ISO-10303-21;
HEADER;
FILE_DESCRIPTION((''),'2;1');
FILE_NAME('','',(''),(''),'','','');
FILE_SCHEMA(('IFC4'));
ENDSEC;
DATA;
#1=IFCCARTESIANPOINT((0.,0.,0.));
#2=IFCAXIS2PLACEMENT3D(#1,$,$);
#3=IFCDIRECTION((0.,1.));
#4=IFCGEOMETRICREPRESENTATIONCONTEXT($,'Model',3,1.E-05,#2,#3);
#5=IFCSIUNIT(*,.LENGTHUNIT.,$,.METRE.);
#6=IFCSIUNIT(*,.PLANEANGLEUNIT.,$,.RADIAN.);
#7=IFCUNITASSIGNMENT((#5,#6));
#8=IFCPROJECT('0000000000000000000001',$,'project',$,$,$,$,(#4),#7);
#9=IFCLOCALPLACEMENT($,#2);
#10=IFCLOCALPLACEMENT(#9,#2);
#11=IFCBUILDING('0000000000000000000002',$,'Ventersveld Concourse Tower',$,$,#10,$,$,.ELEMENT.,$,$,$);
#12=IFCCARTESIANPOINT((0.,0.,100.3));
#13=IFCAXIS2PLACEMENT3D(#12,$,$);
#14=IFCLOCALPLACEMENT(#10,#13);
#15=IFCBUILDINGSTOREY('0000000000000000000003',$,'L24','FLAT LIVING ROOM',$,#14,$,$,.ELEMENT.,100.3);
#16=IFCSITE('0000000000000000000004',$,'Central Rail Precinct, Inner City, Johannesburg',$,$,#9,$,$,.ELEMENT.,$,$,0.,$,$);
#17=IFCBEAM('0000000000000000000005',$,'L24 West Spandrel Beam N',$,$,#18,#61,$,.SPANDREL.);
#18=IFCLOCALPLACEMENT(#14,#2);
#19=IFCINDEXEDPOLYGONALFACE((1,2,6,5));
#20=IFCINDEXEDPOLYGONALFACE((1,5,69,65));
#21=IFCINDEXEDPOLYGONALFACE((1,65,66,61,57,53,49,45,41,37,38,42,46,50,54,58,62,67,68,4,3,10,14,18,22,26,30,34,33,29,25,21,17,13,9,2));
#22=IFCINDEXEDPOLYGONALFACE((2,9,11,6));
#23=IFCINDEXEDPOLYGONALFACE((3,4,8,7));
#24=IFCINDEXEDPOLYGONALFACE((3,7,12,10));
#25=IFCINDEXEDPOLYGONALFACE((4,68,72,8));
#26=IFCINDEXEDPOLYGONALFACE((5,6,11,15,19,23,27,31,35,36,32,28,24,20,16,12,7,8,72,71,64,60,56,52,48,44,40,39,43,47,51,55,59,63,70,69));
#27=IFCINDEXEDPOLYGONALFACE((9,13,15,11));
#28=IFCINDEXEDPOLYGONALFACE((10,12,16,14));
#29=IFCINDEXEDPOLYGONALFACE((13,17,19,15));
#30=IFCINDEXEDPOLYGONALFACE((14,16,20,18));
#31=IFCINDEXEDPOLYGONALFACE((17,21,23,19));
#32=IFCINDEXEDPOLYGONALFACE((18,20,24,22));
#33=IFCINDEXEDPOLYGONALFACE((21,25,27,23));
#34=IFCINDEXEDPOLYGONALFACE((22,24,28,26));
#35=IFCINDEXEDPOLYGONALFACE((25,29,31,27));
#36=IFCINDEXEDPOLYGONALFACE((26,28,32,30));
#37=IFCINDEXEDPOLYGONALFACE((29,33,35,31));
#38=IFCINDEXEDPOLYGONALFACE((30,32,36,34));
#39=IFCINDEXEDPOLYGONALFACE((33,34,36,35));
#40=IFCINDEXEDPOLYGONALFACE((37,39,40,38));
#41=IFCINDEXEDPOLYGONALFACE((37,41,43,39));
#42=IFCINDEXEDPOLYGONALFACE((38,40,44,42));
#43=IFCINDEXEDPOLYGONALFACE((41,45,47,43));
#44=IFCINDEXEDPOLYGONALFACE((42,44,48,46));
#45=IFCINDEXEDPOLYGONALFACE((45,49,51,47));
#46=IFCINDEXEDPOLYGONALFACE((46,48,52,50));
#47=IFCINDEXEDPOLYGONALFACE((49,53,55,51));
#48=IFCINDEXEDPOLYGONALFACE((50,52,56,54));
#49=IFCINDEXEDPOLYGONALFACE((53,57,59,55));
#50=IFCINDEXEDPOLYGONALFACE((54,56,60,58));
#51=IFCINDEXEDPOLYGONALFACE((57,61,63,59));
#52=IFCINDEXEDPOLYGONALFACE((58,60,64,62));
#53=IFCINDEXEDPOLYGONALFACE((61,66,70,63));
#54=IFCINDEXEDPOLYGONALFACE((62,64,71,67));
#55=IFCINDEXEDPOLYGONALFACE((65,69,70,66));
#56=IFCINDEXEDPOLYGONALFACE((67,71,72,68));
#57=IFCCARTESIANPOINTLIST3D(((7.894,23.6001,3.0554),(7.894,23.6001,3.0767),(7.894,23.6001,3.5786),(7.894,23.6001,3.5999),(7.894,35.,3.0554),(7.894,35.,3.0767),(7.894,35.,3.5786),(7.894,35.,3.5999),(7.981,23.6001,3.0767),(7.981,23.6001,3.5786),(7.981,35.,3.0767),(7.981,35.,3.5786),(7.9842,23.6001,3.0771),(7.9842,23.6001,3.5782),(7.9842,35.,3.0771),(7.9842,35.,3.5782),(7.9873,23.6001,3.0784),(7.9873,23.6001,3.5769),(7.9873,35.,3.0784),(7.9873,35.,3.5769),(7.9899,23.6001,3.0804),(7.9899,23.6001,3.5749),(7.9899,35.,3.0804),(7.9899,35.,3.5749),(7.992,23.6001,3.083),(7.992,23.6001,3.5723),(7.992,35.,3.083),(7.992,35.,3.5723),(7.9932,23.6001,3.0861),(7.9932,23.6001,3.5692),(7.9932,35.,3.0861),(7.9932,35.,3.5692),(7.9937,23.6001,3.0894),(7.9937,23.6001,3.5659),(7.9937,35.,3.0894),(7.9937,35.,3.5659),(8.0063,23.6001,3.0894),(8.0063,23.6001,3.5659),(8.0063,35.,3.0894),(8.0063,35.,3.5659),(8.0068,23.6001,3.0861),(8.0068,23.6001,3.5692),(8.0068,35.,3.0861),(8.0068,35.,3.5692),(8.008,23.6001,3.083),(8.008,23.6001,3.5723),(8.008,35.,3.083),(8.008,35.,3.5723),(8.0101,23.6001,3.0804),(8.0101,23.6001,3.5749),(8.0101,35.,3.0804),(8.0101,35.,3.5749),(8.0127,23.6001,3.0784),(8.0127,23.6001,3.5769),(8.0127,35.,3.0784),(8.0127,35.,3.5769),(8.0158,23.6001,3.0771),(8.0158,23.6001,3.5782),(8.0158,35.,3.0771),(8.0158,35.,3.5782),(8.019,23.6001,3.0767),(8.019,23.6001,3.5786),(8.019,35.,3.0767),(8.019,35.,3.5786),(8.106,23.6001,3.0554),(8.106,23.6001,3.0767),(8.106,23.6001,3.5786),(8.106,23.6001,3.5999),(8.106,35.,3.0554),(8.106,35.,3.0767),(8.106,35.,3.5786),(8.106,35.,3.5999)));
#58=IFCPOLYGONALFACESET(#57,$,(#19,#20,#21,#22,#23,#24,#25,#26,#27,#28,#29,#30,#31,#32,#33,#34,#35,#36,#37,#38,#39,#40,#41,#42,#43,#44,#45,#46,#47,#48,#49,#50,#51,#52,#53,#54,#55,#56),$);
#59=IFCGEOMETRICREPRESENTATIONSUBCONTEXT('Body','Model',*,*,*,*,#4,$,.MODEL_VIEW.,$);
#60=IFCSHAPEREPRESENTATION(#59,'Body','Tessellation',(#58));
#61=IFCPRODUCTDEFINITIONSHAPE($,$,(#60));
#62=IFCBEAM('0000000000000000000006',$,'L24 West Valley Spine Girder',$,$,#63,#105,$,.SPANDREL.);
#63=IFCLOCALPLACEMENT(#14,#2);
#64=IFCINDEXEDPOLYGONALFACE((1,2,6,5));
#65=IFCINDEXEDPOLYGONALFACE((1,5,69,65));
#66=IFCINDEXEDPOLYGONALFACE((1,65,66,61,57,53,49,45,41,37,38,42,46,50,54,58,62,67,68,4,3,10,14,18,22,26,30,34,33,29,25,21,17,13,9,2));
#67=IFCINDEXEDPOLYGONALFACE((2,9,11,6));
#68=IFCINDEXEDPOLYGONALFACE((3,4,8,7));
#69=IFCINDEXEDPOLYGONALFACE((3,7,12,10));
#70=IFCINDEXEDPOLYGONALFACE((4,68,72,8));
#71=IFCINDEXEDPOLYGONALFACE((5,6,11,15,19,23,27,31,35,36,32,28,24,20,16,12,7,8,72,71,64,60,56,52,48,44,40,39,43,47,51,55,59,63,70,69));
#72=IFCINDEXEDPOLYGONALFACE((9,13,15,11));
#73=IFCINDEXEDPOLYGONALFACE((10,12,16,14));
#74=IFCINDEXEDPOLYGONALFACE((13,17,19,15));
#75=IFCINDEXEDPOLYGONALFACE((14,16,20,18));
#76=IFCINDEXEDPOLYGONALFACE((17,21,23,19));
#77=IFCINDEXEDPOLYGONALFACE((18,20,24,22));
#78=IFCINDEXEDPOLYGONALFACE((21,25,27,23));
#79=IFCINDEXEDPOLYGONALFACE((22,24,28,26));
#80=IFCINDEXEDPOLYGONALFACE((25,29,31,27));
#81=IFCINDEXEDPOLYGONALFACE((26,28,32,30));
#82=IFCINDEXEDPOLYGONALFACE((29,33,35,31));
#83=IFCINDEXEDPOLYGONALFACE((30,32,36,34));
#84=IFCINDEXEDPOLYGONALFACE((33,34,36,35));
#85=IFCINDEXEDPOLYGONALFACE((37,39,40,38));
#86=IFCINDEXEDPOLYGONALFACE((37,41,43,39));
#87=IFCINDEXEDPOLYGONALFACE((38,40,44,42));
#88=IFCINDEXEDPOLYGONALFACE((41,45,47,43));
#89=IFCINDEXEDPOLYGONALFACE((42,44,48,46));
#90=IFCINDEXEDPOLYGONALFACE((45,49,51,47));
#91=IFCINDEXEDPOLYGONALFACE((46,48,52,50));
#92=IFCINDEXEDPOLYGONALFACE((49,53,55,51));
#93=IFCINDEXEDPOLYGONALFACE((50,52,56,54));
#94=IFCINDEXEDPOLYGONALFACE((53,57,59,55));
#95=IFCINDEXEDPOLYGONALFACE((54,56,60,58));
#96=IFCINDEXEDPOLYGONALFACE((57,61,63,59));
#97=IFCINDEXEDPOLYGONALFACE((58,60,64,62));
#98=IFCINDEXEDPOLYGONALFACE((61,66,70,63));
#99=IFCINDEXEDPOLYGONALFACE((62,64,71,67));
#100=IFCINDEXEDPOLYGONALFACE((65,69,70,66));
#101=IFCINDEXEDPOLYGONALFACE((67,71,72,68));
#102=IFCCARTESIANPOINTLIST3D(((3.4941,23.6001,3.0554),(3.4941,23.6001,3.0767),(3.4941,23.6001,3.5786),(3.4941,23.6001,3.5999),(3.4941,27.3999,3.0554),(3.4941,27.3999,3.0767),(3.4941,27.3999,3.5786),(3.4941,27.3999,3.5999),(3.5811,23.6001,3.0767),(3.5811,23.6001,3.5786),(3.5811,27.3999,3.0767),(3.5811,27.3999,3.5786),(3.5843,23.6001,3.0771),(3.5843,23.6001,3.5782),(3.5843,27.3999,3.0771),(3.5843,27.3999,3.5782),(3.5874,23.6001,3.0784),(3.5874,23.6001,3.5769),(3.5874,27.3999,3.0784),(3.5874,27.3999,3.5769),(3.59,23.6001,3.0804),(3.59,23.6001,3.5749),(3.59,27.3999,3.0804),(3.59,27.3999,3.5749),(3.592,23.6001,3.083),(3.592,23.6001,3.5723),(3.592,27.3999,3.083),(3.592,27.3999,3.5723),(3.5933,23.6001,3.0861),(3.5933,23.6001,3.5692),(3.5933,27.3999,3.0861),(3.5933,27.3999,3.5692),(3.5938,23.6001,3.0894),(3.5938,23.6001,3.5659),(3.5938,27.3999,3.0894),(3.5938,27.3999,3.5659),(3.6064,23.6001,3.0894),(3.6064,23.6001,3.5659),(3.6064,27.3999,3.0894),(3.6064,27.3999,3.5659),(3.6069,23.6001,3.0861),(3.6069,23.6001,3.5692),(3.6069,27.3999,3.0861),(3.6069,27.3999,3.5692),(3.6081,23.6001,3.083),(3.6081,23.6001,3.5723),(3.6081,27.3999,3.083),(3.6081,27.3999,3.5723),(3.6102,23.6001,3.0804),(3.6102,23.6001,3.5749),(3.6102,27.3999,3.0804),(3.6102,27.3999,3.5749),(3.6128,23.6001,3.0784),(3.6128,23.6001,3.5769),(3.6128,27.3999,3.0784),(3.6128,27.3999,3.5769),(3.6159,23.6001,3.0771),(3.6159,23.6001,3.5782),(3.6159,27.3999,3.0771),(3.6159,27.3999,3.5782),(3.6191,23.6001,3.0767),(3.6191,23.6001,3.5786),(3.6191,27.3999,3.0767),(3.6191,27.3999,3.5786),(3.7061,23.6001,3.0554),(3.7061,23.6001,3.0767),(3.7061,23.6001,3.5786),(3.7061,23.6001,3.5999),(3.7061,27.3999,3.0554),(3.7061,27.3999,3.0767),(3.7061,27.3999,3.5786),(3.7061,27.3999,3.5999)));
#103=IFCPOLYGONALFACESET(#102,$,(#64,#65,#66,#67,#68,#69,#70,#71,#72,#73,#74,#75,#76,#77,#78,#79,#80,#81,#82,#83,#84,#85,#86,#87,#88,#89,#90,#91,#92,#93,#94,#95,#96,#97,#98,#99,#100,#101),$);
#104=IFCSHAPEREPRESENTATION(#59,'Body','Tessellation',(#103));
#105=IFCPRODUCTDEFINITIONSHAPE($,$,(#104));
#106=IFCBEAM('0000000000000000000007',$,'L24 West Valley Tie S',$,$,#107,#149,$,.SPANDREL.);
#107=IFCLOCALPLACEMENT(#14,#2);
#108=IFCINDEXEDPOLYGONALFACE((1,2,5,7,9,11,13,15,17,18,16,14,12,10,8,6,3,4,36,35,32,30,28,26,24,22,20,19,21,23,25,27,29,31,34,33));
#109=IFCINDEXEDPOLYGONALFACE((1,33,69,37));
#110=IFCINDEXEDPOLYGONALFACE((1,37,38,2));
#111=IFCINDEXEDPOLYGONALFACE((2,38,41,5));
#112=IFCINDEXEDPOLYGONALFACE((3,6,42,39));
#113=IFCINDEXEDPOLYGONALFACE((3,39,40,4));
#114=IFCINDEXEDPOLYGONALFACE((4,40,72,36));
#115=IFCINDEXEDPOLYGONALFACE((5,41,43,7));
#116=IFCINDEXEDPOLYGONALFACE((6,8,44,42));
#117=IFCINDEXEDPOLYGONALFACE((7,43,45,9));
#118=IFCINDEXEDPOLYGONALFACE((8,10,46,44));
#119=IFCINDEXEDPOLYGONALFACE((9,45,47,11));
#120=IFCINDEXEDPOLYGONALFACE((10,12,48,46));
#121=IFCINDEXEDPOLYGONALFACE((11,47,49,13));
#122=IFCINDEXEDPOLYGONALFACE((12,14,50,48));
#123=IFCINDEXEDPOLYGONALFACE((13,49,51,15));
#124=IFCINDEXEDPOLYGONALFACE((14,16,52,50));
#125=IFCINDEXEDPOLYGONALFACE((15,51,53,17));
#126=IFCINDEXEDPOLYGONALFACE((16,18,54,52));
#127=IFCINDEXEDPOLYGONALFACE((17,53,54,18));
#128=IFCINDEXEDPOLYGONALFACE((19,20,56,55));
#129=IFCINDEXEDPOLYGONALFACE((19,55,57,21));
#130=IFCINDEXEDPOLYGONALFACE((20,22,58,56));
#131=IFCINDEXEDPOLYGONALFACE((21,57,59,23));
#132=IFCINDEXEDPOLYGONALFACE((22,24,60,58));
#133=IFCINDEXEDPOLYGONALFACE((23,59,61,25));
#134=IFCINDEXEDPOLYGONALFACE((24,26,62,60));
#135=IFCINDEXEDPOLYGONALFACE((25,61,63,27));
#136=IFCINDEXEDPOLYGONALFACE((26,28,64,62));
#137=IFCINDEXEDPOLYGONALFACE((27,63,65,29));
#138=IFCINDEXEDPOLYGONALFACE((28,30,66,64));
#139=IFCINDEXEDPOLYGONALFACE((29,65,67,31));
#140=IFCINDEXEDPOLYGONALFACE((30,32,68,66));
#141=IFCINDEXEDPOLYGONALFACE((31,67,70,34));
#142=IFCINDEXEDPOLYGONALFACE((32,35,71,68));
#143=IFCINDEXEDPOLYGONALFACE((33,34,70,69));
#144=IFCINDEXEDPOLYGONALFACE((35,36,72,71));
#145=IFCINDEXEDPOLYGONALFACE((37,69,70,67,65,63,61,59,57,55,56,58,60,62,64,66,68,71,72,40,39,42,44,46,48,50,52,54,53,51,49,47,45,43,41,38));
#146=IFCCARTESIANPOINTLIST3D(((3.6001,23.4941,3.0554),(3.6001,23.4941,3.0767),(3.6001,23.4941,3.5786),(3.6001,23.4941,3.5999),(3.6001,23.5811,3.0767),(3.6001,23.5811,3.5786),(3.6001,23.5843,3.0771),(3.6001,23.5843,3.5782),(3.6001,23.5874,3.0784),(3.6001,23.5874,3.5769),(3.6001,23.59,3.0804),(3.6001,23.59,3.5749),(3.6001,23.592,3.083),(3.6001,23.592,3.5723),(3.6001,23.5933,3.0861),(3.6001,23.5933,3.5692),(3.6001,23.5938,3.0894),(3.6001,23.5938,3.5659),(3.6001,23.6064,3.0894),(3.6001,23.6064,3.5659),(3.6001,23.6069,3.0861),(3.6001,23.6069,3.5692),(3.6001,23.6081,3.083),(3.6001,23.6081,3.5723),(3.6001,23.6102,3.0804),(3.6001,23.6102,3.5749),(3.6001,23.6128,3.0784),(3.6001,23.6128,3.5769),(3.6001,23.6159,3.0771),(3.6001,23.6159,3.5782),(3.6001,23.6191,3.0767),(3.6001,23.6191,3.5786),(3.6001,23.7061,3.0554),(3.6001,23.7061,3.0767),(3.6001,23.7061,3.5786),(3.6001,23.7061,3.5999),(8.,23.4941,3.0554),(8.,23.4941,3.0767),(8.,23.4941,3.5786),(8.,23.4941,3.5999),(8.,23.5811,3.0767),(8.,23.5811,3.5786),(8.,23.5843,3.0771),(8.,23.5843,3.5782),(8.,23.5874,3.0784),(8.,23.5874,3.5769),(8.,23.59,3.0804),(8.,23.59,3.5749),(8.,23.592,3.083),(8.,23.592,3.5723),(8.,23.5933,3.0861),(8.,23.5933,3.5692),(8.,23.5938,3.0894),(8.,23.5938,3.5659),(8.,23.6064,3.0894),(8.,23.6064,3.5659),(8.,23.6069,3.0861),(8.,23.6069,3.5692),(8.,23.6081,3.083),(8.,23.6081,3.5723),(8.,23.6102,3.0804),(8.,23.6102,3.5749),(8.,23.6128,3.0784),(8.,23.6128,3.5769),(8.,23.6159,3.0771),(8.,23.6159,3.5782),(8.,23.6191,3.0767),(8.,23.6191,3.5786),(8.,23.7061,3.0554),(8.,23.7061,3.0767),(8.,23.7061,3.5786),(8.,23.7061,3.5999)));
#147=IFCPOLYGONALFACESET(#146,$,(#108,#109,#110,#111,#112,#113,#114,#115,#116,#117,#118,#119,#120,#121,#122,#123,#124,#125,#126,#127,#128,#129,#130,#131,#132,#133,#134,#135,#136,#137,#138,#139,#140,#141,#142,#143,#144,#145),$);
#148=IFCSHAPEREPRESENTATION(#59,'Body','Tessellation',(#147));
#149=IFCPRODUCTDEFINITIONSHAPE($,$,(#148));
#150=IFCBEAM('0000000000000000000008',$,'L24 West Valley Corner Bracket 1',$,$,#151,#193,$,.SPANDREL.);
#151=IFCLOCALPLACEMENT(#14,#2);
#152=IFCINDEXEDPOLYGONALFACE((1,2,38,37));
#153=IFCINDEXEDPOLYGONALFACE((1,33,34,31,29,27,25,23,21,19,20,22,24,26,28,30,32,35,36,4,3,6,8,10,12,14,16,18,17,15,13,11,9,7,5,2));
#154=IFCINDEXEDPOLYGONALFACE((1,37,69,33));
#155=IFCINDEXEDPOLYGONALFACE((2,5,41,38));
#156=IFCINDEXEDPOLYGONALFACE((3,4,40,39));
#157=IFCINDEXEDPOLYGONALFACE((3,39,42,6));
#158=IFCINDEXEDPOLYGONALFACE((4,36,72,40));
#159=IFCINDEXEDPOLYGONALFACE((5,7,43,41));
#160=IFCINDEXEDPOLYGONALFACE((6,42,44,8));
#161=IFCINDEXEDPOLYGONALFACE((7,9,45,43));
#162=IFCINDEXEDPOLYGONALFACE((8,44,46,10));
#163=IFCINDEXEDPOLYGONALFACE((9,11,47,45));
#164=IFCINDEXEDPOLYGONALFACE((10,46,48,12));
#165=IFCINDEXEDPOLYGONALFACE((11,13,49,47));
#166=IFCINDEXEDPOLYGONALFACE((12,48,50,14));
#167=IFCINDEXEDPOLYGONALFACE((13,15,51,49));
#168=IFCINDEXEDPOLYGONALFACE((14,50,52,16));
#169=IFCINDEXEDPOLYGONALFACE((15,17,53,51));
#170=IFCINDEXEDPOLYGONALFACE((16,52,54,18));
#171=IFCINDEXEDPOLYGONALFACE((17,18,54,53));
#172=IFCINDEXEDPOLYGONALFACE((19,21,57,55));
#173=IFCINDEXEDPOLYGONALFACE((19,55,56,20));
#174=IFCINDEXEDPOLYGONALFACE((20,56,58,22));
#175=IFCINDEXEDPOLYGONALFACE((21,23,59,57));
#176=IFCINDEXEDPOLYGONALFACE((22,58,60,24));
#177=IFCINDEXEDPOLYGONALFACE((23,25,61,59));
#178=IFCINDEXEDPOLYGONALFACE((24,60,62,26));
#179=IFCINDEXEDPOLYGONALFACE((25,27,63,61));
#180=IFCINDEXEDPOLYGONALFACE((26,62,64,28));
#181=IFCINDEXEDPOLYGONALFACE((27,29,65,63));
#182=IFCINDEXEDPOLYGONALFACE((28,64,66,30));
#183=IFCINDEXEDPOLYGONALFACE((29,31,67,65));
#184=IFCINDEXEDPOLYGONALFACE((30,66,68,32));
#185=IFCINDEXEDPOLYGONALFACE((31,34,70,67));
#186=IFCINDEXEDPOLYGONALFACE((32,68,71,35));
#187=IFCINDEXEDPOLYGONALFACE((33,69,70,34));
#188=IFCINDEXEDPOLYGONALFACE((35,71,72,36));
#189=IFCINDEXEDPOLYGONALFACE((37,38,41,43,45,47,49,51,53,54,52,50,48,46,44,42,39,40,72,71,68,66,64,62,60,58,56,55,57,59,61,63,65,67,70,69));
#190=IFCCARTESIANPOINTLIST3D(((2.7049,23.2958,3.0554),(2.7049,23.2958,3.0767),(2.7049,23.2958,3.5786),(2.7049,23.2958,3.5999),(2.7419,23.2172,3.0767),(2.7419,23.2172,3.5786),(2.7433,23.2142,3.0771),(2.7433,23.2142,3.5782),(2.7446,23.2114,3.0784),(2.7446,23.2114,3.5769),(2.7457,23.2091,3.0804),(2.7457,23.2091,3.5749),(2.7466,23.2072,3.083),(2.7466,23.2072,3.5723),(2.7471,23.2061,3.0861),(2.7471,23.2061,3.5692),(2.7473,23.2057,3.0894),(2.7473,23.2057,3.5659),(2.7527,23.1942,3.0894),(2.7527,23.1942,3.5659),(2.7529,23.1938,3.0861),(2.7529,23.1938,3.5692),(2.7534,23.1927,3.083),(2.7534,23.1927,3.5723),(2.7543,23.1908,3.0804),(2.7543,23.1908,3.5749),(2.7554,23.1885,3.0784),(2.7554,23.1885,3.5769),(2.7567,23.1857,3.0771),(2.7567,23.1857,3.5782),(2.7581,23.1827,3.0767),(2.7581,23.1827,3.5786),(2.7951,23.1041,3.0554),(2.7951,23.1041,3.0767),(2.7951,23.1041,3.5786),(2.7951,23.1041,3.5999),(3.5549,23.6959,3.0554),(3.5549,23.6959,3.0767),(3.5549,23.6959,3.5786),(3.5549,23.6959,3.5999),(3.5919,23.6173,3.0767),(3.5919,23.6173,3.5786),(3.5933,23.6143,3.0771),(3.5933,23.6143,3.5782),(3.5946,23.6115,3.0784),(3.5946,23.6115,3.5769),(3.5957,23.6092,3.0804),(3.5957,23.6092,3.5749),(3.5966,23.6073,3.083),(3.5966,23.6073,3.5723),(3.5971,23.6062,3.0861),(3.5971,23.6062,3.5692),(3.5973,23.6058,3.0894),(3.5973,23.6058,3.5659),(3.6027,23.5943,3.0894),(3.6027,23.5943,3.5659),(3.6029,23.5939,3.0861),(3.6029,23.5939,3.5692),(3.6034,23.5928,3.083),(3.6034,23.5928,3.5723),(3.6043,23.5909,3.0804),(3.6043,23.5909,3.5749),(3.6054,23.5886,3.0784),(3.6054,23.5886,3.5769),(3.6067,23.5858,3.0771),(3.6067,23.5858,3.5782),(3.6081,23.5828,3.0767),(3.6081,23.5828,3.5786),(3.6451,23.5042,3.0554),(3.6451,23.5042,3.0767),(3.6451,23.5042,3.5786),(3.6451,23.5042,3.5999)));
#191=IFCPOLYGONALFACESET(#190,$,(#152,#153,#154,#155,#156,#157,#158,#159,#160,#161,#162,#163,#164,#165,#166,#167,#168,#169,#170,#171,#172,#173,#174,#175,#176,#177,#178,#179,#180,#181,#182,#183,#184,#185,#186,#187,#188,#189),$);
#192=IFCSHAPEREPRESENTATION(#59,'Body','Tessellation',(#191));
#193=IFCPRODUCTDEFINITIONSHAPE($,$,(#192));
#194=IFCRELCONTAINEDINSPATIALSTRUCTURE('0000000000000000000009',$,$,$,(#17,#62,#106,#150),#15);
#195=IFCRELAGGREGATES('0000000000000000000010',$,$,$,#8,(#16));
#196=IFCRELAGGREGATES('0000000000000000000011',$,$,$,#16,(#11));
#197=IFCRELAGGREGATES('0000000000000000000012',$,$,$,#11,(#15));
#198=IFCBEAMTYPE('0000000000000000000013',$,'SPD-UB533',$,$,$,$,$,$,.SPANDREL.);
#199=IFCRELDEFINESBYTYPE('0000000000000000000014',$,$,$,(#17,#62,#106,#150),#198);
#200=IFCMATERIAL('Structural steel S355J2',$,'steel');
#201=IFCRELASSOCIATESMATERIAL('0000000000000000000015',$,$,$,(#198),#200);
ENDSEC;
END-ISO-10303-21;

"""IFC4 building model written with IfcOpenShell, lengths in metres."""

from ifc_helpers import new_model, si_unit, direction, frame, origin, origin_2d, place, context, subcontext, project, spatial, i_section, extrude, material, material_profile, profile_set, type_object, element, save


model = new_model("IFC4")

# Units and contexts
model_context = context("Model", 3, precision=1e-05, world=origin(), true_north=direction((0.0, 1.0)))
body_context = subcontext(model_context, "Body", "Model", "MODEL_VIEW")
ifc_project = project(units=[si_unit("LENGTHUNIT", "METRE"), si_unit("PLANEANGLEUNIT", "RADIAN")], contexts=[model_context])

# Site, building, storey
site_placement = place(None, origin())
site = spatial("IfcSite", under=ifc_project, at=site_placement, Name="Central Rail Precinct, Inner City, Johannesburg", CompositionType="ELEMENT", RefElevation=0.0)
building_placement = place(site_placement, origin())
building = spatial("IfcBuilding", under=site, at=building_placement, Name="Ventersveld Concourse Tower", CompositionType="ELEMENT")
storey_placement = place(building_placement, frame((0.0, 0.0, 100.3)))
storey = spatial("IfcBuildingStorey", under=building, at=storey_placement, Name="L24", Description="FLAT LIVING ROOM", CompositionType="ELEMENT", Elevation=100.3)

# Beams
ifc_material_1 = material(Name="Structural steel S355J2", Category="steel")
ifc_material_profile_1 = material_profile(ifc_material_1, i_section(OverallWidth=0.2119, OverallDepth=0.5444, WebThickness=0.0127, FlangeThickness=0.0212, FilletRadius=0.0127, at=origin_2d()), Name="UB 533x210x122")
ifc_profile_set_1 = profile_set([ifc_material_profile_1], Name="Structural steel S355J2")
beam_type_1 = type_object("IfcBeamType", Name="SPD-UB533", PredefinedType="SPANDREL", material=ifc_profile_set_1)
beam_1_placement = place(storey_placement, frame((8.0, 23.6001, 3.3276), z_axis=(0.0, 1.0, 0.0), x_axis=(-1.0, 0.0, 0.0)))
element("IfcBeam", 1, at=beam_1_placement, inside=storey, type_object=beam_type_1, Name="L24 West Spandrel Beam N", PredefinedType="SPANDREL", context=body_context, shape_type="SweptSolid", body=[
    extrude(i_section(OverallWidth=0.2119, OverallDepth=0.5444, WebThickness=0.0127, FlangeThickness=0.0212, FilletRadius=0.0127, at=origin_2d()), origin(), (0.0, 0.0, 1.0), 11.3999),
])
beam_2_placement = place(storey_placement, frame((3.6001, 23.6001, 3.3276), z_axis=(0.0, 1.0, 0.0), x_axis=(-1.0, 0.0, 0.0)))
element("IfcBeam", 2, at=beam_2_placement, inside=storey, type_object=beam_type_1, Name="L24 West Valley Spine Girder", PredefinedType="SPANDREL", context=body_context, shape_type="SweptSolid", body=[
    extrude(i_section(OverallWidth=0.2119, OverallDepth=0.5444, WebThickness=0.0127, FlangeThickness=0.0212, FilletRadius=0.0127, at=origin_2d()), origin(), (0.0, 0.0, 1.0), 3.7998),
])
beam_3_placement = place(storey_placement, frame((3.6001, 23.6001, 3.3276), z_axis=(1.0, 0.0, 0.0), x_axis=(0.0, 1.0, 0.0)))
element("IfcBeam", 3, at=beam_3_placement, inside=storey, type_object=beam_type_1, Name="L24 West Valley Tie S", PredefinedType="SPANDREL", context=body_context, shape_type="SweptSolid", body=[
    extrude(i_section(OverallWidth=0.2119, OverallDepth=0.5444, WebThickness=0.0127, FlangeThickness=0.0212, FilletRadius=0.0127, at=origin_2d()), origin(), (0.0, 0.0, 1.0), 4.3999),
])
beam_4_placement = place(storey_placement, frame((2.75, 23.2, 3.3276), z_axis=(0.904777, 0.425885, 0.0), x_axis=(-0.425885, 0.904777, 0.0)))
element("IfcBeam", 4, at=beam_4_placement, inside=storey, type_object=beam_type_1, Name="L24 West Valley Corner Bracket 1", PredefinedType="SPANDREL", context=body_context, shape_type="SweptSolid", body=[
    extrude(i_section(OverallWidth=0.2119, OverallDepth=0.5444, WebThickness=0.0127, FlangeThickness=0.0212, FilletRadius=0.0127, at=origin_2d()), origin(), (0.0, 0.0, 1.0), 0.9395),
])

save(model, "model.ifc")
